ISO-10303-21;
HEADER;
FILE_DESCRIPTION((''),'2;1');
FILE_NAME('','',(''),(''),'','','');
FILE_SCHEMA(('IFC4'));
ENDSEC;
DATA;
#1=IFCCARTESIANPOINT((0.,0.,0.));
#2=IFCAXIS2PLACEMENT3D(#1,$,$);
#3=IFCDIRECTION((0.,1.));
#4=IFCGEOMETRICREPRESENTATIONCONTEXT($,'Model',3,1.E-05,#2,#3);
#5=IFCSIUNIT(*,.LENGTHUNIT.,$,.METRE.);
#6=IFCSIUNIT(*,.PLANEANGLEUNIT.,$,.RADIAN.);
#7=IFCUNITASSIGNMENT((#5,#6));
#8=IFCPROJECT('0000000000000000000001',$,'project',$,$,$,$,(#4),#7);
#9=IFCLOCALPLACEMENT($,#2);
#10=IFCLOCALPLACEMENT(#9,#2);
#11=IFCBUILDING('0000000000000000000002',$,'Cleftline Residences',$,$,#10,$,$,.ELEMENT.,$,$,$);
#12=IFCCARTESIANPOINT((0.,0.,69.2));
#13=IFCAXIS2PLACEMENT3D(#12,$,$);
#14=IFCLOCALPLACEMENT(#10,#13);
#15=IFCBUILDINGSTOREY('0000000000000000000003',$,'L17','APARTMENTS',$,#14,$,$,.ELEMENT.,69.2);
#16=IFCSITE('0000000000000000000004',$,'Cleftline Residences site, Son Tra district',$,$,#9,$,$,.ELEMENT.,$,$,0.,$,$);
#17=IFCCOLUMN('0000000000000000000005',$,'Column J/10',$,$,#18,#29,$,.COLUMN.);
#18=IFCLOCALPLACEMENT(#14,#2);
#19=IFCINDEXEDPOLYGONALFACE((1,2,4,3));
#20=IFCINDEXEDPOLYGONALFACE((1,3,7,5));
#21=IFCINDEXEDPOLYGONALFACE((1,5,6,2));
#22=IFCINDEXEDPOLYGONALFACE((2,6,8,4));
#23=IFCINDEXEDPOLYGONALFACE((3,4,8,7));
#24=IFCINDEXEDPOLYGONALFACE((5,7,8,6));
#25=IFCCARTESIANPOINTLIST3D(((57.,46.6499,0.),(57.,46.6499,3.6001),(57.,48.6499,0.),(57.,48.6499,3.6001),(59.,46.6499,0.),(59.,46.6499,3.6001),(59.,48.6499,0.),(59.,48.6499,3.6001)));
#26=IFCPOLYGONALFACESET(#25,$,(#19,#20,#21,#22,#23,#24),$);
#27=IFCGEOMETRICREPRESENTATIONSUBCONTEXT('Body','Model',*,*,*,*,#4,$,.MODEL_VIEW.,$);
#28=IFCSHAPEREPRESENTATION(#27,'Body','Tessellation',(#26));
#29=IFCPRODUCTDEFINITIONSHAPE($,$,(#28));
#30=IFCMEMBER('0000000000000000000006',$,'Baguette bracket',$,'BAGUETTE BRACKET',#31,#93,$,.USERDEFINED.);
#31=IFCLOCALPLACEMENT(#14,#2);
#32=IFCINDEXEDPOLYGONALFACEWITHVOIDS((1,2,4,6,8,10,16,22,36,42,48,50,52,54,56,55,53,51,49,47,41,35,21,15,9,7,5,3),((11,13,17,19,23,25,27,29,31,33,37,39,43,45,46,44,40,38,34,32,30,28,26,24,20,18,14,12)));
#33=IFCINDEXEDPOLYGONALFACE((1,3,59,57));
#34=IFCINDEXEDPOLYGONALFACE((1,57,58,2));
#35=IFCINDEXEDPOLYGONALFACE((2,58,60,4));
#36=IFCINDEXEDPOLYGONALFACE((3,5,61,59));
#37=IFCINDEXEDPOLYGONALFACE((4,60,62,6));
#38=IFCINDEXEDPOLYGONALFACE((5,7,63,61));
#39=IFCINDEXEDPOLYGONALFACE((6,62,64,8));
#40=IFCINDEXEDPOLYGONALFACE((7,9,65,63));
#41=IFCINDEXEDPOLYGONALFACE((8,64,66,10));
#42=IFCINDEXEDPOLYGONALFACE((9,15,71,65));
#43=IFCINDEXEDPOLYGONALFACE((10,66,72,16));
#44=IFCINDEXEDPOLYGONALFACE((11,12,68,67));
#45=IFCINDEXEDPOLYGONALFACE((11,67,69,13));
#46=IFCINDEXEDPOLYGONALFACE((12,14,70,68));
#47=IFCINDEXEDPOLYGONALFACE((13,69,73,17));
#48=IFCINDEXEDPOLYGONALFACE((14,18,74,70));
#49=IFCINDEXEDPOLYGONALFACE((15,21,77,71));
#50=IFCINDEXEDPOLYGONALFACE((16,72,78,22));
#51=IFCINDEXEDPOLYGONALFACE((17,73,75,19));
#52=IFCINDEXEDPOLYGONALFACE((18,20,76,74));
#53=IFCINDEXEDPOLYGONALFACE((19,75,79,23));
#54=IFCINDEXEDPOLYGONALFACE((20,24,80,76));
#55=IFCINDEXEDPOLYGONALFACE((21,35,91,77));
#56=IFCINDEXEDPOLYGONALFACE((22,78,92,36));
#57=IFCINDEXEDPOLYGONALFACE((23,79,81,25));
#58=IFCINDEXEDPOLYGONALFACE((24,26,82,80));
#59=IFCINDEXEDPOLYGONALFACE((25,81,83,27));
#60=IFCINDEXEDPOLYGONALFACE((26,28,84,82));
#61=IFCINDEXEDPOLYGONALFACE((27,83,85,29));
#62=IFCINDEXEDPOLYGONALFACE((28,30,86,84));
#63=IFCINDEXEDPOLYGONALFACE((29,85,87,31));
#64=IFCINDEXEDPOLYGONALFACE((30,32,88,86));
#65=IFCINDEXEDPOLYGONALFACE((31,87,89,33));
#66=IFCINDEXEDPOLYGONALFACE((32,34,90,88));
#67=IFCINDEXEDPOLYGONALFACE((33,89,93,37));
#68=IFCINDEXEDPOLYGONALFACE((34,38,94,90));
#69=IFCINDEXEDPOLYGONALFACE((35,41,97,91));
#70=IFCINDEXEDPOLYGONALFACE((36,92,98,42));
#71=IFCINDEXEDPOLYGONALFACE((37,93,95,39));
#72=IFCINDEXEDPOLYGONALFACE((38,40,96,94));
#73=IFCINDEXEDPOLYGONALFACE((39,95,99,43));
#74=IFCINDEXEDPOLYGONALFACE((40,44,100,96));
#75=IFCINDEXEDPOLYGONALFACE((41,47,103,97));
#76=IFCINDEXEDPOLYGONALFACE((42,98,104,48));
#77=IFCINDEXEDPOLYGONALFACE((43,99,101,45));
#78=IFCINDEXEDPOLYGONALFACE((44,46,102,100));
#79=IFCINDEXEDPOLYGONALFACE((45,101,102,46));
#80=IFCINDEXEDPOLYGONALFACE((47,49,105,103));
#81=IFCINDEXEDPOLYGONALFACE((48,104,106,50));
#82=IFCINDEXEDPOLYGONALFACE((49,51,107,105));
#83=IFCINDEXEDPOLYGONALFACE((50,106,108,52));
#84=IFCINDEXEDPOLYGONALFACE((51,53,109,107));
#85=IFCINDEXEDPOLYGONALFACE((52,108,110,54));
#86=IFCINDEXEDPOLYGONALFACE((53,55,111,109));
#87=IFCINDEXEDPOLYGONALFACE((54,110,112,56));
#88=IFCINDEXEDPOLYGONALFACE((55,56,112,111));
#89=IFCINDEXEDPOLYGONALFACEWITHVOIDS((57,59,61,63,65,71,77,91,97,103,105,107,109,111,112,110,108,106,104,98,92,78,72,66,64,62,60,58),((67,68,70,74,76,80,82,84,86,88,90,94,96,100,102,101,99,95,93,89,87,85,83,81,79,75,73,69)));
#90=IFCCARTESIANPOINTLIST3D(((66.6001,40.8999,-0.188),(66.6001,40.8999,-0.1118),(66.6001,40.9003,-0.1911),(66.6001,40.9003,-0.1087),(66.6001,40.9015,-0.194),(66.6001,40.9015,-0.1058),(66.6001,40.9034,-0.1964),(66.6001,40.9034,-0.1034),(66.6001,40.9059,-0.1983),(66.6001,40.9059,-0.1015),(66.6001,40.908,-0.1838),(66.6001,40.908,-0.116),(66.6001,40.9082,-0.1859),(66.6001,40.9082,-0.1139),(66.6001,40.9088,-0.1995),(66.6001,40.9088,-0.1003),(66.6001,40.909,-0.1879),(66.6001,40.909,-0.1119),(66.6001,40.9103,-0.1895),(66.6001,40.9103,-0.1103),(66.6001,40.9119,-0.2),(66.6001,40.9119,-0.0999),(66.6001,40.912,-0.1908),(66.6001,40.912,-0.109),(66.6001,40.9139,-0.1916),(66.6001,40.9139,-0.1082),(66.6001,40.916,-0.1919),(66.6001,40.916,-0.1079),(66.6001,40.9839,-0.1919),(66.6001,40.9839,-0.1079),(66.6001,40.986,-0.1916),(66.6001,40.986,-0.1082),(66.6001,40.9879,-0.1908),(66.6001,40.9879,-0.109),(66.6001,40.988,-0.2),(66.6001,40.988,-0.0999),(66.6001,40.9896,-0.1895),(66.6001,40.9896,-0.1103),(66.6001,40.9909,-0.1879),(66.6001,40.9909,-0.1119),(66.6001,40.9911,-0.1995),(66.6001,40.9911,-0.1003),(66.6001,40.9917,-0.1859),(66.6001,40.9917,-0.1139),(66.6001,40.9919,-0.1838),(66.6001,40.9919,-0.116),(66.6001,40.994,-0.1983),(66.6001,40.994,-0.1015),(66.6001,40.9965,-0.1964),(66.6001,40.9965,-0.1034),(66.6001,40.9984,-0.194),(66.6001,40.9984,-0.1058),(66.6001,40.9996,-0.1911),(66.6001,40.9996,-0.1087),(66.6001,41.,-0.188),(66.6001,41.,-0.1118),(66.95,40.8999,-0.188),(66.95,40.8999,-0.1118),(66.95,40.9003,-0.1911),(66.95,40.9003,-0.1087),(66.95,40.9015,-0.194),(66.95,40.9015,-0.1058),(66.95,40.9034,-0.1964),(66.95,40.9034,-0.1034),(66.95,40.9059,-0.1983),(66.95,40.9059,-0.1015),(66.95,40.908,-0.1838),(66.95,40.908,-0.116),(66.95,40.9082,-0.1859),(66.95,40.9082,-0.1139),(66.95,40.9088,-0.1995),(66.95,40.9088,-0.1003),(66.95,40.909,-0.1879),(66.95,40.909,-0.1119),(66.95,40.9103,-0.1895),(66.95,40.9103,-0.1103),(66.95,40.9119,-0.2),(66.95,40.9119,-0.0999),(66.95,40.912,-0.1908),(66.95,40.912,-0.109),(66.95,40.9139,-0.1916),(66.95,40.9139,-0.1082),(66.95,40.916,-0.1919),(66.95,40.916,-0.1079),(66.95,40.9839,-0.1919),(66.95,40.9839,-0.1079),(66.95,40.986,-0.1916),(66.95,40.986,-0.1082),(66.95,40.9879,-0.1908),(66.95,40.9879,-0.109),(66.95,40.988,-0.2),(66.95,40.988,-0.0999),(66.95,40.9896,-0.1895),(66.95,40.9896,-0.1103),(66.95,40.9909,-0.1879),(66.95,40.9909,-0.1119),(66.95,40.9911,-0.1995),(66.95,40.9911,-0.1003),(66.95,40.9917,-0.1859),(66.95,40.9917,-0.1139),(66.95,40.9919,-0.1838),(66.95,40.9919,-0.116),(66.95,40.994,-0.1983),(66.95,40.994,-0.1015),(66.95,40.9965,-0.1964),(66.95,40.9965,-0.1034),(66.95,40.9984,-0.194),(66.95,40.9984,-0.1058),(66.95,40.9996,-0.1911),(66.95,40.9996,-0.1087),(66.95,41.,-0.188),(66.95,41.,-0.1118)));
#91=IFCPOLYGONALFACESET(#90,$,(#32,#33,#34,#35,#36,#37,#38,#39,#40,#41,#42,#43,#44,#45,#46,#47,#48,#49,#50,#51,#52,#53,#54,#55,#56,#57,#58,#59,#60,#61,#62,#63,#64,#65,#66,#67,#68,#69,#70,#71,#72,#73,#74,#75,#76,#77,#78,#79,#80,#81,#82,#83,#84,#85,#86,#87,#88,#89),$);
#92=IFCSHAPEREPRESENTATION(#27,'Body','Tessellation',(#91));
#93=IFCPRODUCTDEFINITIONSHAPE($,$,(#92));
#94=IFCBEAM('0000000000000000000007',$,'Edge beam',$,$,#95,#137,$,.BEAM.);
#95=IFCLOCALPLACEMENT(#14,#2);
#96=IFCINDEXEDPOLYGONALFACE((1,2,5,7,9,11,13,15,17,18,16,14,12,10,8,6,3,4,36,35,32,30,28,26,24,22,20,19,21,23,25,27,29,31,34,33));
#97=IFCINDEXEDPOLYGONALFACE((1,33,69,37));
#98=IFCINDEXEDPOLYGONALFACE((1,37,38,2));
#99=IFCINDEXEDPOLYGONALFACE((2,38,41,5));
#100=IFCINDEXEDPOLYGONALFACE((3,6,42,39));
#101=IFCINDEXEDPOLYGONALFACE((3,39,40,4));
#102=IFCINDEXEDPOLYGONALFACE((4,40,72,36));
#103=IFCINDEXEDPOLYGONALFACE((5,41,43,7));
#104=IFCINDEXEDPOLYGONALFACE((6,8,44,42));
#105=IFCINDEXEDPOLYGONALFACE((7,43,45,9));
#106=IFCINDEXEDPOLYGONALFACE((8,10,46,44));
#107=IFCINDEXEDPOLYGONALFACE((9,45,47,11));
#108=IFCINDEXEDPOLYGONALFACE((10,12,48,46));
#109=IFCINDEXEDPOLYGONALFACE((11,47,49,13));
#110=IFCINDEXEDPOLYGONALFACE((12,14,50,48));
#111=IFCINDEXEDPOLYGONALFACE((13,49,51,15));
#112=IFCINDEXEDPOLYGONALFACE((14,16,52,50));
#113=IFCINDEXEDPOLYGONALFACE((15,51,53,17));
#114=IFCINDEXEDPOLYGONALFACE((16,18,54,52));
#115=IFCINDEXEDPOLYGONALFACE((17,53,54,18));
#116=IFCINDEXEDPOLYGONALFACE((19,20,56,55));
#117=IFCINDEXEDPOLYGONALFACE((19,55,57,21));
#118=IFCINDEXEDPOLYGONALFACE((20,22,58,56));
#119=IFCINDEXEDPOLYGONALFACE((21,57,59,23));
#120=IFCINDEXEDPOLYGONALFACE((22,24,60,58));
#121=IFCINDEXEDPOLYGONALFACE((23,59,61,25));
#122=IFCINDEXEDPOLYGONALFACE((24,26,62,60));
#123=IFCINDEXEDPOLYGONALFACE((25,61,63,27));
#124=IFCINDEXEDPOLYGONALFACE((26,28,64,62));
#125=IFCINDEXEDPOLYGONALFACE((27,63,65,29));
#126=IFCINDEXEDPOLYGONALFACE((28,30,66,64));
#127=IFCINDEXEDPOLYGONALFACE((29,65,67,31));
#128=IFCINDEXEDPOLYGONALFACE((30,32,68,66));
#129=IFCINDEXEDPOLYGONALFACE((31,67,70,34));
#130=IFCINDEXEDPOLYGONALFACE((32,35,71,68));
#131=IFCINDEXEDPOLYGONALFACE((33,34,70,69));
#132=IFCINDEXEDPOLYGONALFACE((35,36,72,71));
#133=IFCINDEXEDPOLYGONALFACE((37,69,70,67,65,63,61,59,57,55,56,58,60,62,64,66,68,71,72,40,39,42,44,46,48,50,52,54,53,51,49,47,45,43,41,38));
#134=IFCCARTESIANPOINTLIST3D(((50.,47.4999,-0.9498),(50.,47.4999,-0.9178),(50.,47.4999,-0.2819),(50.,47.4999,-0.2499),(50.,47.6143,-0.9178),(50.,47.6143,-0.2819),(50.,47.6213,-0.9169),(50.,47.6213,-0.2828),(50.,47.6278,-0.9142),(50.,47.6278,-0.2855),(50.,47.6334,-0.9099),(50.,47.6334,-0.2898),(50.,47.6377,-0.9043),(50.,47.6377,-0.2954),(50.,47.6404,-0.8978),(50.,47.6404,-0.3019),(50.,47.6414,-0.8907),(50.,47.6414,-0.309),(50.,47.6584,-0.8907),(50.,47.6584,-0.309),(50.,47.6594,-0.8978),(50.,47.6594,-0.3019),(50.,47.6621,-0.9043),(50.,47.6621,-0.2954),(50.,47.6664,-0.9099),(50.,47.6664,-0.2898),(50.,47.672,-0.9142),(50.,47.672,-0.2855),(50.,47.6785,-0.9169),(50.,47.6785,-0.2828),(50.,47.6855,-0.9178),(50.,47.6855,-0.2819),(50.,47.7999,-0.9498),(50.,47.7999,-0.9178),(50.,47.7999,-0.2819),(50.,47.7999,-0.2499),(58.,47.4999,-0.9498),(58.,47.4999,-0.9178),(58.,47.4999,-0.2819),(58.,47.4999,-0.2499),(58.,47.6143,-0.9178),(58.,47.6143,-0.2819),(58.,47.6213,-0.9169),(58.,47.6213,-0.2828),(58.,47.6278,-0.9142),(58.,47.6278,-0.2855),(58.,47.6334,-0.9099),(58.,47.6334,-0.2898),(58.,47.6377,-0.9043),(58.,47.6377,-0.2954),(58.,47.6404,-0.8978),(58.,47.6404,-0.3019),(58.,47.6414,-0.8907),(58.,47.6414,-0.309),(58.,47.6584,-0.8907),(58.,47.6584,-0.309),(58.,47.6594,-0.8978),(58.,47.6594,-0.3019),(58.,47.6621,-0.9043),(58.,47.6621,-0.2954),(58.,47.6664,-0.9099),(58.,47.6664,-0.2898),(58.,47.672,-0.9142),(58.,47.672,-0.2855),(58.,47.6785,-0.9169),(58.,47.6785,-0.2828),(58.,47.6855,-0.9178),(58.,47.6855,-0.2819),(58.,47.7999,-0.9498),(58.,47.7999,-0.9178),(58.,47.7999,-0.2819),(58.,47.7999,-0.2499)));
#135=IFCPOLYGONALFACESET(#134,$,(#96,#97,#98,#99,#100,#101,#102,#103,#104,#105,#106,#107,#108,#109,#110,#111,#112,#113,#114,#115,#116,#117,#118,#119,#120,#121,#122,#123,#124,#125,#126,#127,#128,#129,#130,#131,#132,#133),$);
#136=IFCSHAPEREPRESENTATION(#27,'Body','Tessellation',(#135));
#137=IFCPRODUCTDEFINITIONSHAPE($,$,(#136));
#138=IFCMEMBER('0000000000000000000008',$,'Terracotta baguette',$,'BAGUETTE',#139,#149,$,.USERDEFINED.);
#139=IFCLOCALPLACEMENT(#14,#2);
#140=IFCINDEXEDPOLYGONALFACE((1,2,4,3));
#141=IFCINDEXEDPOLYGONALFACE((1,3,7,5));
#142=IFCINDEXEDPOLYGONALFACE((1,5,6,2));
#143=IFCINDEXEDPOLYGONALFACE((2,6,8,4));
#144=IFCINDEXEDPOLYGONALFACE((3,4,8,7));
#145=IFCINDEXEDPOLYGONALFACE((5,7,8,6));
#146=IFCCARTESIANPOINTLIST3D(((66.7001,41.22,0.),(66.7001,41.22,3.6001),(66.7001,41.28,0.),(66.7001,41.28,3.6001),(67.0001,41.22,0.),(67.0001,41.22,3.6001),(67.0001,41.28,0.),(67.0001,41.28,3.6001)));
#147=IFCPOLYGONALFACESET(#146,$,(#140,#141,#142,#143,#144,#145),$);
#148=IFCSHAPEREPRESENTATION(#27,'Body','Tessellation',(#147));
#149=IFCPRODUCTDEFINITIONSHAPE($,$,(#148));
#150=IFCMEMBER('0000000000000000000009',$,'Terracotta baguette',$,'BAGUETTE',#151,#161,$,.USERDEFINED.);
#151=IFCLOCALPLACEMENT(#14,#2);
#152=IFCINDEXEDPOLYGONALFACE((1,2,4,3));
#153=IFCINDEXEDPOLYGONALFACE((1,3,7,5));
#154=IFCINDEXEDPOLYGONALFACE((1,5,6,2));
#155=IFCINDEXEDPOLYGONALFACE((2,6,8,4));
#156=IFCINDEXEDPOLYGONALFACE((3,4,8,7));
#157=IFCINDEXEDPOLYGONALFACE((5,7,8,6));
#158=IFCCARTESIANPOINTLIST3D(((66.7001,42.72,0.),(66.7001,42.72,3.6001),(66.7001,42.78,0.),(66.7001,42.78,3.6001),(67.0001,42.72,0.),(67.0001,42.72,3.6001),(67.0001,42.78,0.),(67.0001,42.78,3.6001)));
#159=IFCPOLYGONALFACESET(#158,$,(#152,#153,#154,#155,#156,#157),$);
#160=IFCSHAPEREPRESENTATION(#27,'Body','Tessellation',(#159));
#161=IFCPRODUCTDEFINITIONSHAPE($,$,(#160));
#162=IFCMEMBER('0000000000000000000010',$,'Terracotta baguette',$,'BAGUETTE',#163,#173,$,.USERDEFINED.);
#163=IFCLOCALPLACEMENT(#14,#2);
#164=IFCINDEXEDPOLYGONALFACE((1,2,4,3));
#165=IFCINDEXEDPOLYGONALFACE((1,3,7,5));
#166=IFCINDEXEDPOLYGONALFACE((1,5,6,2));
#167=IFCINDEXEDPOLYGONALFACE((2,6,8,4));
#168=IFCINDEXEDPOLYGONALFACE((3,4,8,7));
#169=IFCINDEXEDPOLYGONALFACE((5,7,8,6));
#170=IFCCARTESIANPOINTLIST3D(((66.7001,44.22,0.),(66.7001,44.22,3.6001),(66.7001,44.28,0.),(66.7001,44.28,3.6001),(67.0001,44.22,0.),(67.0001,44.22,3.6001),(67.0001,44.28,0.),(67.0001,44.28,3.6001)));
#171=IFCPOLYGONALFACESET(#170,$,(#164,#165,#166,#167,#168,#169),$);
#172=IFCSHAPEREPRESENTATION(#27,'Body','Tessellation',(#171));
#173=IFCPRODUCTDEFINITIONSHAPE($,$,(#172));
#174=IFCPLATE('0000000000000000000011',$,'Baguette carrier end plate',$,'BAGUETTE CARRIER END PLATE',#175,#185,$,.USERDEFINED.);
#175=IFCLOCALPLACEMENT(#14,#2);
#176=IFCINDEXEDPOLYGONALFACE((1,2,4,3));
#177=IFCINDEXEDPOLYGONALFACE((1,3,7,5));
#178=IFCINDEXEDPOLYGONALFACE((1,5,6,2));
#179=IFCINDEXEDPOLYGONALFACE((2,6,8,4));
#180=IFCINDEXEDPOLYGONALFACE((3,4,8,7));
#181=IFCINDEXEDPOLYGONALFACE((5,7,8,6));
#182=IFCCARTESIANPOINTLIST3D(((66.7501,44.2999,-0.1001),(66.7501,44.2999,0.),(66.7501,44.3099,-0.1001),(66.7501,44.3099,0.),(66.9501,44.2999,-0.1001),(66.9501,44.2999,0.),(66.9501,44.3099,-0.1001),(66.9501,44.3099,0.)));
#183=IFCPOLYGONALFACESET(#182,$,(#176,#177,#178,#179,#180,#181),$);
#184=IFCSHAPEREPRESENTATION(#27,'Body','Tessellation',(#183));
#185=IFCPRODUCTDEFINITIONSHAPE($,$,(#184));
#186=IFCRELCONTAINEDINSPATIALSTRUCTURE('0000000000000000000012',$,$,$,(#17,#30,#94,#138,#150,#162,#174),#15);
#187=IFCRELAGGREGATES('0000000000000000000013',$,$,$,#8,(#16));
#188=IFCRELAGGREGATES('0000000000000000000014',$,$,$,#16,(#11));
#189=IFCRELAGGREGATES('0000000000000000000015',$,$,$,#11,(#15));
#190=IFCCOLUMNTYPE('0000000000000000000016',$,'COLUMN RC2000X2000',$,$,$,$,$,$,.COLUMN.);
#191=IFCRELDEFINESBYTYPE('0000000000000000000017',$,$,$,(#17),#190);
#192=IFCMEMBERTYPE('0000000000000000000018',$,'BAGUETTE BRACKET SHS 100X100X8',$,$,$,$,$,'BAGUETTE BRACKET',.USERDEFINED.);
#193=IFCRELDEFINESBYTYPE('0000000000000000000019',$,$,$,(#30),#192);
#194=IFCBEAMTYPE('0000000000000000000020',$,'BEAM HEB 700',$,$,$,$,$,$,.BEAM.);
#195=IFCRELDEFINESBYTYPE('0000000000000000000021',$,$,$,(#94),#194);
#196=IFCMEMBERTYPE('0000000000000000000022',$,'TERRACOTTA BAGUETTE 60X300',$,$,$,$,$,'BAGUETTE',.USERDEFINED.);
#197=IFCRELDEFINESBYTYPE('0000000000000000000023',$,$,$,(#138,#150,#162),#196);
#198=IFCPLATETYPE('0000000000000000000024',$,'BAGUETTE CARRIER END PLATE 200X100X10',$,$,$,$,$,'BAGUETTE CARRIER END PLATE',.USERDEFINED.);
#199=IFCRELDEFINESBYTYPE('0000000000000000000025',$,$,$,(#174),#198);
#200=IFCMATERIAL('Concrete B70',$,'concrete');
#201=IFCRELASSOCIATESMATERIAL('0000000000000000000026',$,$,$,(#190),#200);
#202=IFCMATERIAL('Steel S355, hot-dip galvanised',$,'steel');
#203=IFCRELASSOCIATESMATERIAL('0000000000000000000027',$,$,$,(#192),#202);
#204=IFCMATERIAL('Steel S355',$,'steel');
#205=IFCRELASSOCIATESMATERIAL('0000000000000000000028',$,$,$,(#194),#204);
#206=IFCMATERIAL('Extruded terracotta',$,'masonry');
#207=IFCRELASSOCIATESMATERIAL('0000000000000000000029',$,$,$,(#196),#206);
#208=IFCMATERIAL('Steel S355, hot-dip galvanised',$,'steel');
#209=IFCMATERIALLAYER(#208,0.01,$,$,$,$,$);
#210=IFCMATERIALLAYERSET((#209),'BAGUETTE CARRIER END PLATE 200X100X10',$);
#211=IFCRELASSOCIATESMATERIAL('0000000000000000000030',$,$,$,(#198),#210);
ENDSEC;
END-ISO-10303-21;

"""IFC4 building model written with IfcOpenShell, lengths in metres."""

from ifc_helpers import new_model, si_unit, direction, frame, origin, origin_2d, place, context, subcontext, project, spatial, rectangle, hollow_rectangle, i_section, extrude, material, layer, layer_set, material_profile, profile_set, type_object, element, save


model = new_model("IFC4")

# Units and contexts
model_context = context("Model", 3, precision=1e-05, world=origin(), true_north=direction((0.0, 1.0)))
body_context = subcontext(model_context, "Body", "Model", "MODEL_VIEW")
ifc_project = project(units=[si_unit("LENGTHUNIT", "METRE"), si_unit("PLANEANGLEUNIT", "RADIAN")], contexts=[model_context])

# Site, building, storey
site_placement = place(None, origin())
site = spatial("IfcSite", under=ifc_project, at=site_placement, Name="Cleftline Residences site, Son Tra district", CompositionType="ELEMENT", RefElevation=0.0)
building_placement = place(site_placement, origin())
building = spatial("IfcBuilding", under=site, at=building_placement, Name="Cleftline Residences", CompositionType="ELEMENT")
storey_placement = place(building_placement, frame((0.0, 0.0, 69.2)))
storey = spatial("IfcBuildingStorey", under=building, at=storey_placement, Name="L17", Description="APARTMENTS", CompositionType="ELEMENT", Elevation=69.2)

# Column
ifc_material_1 = material(Name="Concrete B70", Category="concrete")
ifc_material_profile_1 = material_profile(ifc_material_1, rectangle(XDim=2.0, YDim=2.0, at=origin_2d()))
ifc_profile_set_1 = profile_set([ifc_material_profile_1], Name="Concrete B70")
column_type = type_object("IfcColumnType", Name="COLUMN RC2000X2000", PredefinedType="COLUMN", material=ifc_profile_set_1)
column_placement = place(storey_placement, frame((58.0, 47.6499, 0.0), z_axis=(0.0, 0.0, 1.0), x_axis=(1.0, 0.0, 0.0)))
element("IfcColumn", 1, at=column_placement, inside=storey, type_object=column_type, Name="Column J/10", PredefinedType="COLUMN", context=body_context, shape_type="SweptSolid", body=[
    extrude(rectangle(XDim=2.0, YDim=2.0, at=origin_2d()), origin(), (0.0, 0.0, 1.0), 3.6001),
])

# Member
ifc_material_2 = material(Name="Steel S355, hot-dip galvanised", Category="steel")
ifc_material_profile_2 = material_profile(ifc_material_2, hollow_rectangle(XDim=0.1001, YDim=0.1001, WallThickness=0.0081, InnerFilletRadius=0.0081, OuterFilletRadius=0.012, at=origin_2d()))
ifc_profile_set_2 = profile_set([ifc_material_profile_2], Name="Steel S355, hot-dip galvanised")
member_type_1 = type_object("IfcMemberType", Name="BAGUETTE BRACKET SHS 100X100X8", ElementType="BAGUETTE BRACKET", PredefinedType="USERDEFINED", material=ifc_profile_set_2)
member_placement = place(storey_placement, frame((66.6001, 40.95, -0.1499), z_axis=(1.0, 0.0, 0.0), x_axis=(0.0, 1.0, 0.0)))
element("IfcMember", 2, at=member_placement, inside=storey, type_object=member_type_1, Name="Baguette bracket", ObjectType="BAGUETTE BRACKET", PredefinedType="USERDEFINED", context=body_context, shape_type="SweptSolid", body=[
    extrude(hollow_rectangle(XDim=0.1001, YDim=0.1001, WallThickness=0.0081, InnerFilletRadius=0.0081, OuterFilletRadius=0.012, at=origin_2d()), origin(), (0.0, 0.0, 1.0), 0.3499),
])

# Beam
ifc_material_3 = material(Name="Steel S355", Category="steel")
ifc_material_profile_3 = material_profile(ifc_material_3, i_section(OverallWidth=0.3, OverallDepth=0.7, WebThickness=0.0171, FlangeThickness=0.032, FilletRadius=0.0271, at=origin_2d()))
ifc_profile_set_3 = profile_set([ifc_material_profile_3], Name="Steel S355")
beam_type = type_object("IfcBeamType", Name="BEAM HEB 700", PredefinedType="BEAM", material=ifc_profile_set_3)
beam_placement = place(storey_placement, frame((58.0, 47.6499, -0.5999), z_axis=(-1.0, 0.0, 0.0), x_axis=(0.0, -1.0, 0.0)))
element("IfcBeam", 3, at=beam_placement, inside=storey, type_object=beam_type, Name="Edge beam", PredefinedType="BEAM", context=body_context, shape_type="SweptSolid", body=[
    extrude(i_section(OverallWidth=0.3, OverallDepth=0.7, WebThickness=0.0171, FlangeThickness=0.032, FilletRadius=0.0271, at=origin_2d()), origin(), (0.0, 0.0, 1.0), 8.0),
])

# Members
ifc_material_4 = material(Name="Extruded terracotta", Category="masonry")
ifc_material_profile_4 = material_profile(ifc_material_4, rectangle(XDim=0.0601, YDim=0.3, at=origin_2d()))
ifc_profile_set_4 = profile_set([ifc_material_profile_4], Name="Extruded terracotta")
member_type_2 = type_object("IfcMemberType", Name="TERRACOTTA BAGUETTE 60X300", ElementType="BAGUETTE", PredefinedType="USERDEFINED", material=ifc_profile_set_4)
for number, where, z_axis, x_axis, name in (
    (4, (66.8501, 41.25, 0.0), (0.0, 0.0, 1.0), (0.0, 1.0, 0.0), "Terracotta baguette"),
    (5, (66.8501, 42.75, 0.0), (0.0, 0.0, 1.0), (0.0, 1.0, 0.0), "Terracotta baguette"),
    (6, (66.8501, 44.25, 0.0), (0.0, 0.0, 1.0), (0.0, 1.0, 0.0), "Terracotta baguette"),
):
    element("IfcMember", number, at=place(storey_placement, frame(where, z_axis=z_axis, x_axis=x_axis)), inside=storey, type_object=member_type_2, Name=name, ObjectType="BAGUETTE", PredefinedType="USERDEFINED", context=body_context, shape_type="SweptSolid", body=[
        extrude(rectangle(XDim=0.0601, YDim=0.3, at=origin_2d()), origin(), (0.0, 0.0, 1.0), 3.6001),
    ])

# Plate
ifc_material_5 = material(Name="Steel S355, hot-dip galvanised", Category="steel")
ifc_layer_1 = layer(ifc_material_5, 0.01)
ifc_layer_set_1 = layer_set([ifc_layer_1], Name="BAGUETTE CARRIER END PLATE 200X100X10")
plate_type = type_object("IfcPlateType", Name="BAGUETTE CARRIER END PLATE 200X100X10", ElementType="BAGUETTE CARRIER END PLATE", PredefinedType="USERDEFINED", material=ifc_layer_set_1)
plate_placement = place(storey_placement, frame((66.8501, 44.3049, -0.1001), z_axis=(0.0, 0.0, 1.0), x_axis=(1.0, 0.0, 0.0)))
element("IfcPlate", 7, at=plate_placement, inside=storey, type_object=plate_type, Name="Baguette carrier end plate", ObjectType="BAGUETTE CARRIER END PLATE", PredefinedType="USERDEFINED", context=body_context, shape_type="SweptSolid", body=[
    extrude(rectangle(XDim=0.2, YDim=0.01, at=origin_2d()), origin(), (0.0, 0.0, 1.0), 0.1001),
])

save(model, "model.ifc")
